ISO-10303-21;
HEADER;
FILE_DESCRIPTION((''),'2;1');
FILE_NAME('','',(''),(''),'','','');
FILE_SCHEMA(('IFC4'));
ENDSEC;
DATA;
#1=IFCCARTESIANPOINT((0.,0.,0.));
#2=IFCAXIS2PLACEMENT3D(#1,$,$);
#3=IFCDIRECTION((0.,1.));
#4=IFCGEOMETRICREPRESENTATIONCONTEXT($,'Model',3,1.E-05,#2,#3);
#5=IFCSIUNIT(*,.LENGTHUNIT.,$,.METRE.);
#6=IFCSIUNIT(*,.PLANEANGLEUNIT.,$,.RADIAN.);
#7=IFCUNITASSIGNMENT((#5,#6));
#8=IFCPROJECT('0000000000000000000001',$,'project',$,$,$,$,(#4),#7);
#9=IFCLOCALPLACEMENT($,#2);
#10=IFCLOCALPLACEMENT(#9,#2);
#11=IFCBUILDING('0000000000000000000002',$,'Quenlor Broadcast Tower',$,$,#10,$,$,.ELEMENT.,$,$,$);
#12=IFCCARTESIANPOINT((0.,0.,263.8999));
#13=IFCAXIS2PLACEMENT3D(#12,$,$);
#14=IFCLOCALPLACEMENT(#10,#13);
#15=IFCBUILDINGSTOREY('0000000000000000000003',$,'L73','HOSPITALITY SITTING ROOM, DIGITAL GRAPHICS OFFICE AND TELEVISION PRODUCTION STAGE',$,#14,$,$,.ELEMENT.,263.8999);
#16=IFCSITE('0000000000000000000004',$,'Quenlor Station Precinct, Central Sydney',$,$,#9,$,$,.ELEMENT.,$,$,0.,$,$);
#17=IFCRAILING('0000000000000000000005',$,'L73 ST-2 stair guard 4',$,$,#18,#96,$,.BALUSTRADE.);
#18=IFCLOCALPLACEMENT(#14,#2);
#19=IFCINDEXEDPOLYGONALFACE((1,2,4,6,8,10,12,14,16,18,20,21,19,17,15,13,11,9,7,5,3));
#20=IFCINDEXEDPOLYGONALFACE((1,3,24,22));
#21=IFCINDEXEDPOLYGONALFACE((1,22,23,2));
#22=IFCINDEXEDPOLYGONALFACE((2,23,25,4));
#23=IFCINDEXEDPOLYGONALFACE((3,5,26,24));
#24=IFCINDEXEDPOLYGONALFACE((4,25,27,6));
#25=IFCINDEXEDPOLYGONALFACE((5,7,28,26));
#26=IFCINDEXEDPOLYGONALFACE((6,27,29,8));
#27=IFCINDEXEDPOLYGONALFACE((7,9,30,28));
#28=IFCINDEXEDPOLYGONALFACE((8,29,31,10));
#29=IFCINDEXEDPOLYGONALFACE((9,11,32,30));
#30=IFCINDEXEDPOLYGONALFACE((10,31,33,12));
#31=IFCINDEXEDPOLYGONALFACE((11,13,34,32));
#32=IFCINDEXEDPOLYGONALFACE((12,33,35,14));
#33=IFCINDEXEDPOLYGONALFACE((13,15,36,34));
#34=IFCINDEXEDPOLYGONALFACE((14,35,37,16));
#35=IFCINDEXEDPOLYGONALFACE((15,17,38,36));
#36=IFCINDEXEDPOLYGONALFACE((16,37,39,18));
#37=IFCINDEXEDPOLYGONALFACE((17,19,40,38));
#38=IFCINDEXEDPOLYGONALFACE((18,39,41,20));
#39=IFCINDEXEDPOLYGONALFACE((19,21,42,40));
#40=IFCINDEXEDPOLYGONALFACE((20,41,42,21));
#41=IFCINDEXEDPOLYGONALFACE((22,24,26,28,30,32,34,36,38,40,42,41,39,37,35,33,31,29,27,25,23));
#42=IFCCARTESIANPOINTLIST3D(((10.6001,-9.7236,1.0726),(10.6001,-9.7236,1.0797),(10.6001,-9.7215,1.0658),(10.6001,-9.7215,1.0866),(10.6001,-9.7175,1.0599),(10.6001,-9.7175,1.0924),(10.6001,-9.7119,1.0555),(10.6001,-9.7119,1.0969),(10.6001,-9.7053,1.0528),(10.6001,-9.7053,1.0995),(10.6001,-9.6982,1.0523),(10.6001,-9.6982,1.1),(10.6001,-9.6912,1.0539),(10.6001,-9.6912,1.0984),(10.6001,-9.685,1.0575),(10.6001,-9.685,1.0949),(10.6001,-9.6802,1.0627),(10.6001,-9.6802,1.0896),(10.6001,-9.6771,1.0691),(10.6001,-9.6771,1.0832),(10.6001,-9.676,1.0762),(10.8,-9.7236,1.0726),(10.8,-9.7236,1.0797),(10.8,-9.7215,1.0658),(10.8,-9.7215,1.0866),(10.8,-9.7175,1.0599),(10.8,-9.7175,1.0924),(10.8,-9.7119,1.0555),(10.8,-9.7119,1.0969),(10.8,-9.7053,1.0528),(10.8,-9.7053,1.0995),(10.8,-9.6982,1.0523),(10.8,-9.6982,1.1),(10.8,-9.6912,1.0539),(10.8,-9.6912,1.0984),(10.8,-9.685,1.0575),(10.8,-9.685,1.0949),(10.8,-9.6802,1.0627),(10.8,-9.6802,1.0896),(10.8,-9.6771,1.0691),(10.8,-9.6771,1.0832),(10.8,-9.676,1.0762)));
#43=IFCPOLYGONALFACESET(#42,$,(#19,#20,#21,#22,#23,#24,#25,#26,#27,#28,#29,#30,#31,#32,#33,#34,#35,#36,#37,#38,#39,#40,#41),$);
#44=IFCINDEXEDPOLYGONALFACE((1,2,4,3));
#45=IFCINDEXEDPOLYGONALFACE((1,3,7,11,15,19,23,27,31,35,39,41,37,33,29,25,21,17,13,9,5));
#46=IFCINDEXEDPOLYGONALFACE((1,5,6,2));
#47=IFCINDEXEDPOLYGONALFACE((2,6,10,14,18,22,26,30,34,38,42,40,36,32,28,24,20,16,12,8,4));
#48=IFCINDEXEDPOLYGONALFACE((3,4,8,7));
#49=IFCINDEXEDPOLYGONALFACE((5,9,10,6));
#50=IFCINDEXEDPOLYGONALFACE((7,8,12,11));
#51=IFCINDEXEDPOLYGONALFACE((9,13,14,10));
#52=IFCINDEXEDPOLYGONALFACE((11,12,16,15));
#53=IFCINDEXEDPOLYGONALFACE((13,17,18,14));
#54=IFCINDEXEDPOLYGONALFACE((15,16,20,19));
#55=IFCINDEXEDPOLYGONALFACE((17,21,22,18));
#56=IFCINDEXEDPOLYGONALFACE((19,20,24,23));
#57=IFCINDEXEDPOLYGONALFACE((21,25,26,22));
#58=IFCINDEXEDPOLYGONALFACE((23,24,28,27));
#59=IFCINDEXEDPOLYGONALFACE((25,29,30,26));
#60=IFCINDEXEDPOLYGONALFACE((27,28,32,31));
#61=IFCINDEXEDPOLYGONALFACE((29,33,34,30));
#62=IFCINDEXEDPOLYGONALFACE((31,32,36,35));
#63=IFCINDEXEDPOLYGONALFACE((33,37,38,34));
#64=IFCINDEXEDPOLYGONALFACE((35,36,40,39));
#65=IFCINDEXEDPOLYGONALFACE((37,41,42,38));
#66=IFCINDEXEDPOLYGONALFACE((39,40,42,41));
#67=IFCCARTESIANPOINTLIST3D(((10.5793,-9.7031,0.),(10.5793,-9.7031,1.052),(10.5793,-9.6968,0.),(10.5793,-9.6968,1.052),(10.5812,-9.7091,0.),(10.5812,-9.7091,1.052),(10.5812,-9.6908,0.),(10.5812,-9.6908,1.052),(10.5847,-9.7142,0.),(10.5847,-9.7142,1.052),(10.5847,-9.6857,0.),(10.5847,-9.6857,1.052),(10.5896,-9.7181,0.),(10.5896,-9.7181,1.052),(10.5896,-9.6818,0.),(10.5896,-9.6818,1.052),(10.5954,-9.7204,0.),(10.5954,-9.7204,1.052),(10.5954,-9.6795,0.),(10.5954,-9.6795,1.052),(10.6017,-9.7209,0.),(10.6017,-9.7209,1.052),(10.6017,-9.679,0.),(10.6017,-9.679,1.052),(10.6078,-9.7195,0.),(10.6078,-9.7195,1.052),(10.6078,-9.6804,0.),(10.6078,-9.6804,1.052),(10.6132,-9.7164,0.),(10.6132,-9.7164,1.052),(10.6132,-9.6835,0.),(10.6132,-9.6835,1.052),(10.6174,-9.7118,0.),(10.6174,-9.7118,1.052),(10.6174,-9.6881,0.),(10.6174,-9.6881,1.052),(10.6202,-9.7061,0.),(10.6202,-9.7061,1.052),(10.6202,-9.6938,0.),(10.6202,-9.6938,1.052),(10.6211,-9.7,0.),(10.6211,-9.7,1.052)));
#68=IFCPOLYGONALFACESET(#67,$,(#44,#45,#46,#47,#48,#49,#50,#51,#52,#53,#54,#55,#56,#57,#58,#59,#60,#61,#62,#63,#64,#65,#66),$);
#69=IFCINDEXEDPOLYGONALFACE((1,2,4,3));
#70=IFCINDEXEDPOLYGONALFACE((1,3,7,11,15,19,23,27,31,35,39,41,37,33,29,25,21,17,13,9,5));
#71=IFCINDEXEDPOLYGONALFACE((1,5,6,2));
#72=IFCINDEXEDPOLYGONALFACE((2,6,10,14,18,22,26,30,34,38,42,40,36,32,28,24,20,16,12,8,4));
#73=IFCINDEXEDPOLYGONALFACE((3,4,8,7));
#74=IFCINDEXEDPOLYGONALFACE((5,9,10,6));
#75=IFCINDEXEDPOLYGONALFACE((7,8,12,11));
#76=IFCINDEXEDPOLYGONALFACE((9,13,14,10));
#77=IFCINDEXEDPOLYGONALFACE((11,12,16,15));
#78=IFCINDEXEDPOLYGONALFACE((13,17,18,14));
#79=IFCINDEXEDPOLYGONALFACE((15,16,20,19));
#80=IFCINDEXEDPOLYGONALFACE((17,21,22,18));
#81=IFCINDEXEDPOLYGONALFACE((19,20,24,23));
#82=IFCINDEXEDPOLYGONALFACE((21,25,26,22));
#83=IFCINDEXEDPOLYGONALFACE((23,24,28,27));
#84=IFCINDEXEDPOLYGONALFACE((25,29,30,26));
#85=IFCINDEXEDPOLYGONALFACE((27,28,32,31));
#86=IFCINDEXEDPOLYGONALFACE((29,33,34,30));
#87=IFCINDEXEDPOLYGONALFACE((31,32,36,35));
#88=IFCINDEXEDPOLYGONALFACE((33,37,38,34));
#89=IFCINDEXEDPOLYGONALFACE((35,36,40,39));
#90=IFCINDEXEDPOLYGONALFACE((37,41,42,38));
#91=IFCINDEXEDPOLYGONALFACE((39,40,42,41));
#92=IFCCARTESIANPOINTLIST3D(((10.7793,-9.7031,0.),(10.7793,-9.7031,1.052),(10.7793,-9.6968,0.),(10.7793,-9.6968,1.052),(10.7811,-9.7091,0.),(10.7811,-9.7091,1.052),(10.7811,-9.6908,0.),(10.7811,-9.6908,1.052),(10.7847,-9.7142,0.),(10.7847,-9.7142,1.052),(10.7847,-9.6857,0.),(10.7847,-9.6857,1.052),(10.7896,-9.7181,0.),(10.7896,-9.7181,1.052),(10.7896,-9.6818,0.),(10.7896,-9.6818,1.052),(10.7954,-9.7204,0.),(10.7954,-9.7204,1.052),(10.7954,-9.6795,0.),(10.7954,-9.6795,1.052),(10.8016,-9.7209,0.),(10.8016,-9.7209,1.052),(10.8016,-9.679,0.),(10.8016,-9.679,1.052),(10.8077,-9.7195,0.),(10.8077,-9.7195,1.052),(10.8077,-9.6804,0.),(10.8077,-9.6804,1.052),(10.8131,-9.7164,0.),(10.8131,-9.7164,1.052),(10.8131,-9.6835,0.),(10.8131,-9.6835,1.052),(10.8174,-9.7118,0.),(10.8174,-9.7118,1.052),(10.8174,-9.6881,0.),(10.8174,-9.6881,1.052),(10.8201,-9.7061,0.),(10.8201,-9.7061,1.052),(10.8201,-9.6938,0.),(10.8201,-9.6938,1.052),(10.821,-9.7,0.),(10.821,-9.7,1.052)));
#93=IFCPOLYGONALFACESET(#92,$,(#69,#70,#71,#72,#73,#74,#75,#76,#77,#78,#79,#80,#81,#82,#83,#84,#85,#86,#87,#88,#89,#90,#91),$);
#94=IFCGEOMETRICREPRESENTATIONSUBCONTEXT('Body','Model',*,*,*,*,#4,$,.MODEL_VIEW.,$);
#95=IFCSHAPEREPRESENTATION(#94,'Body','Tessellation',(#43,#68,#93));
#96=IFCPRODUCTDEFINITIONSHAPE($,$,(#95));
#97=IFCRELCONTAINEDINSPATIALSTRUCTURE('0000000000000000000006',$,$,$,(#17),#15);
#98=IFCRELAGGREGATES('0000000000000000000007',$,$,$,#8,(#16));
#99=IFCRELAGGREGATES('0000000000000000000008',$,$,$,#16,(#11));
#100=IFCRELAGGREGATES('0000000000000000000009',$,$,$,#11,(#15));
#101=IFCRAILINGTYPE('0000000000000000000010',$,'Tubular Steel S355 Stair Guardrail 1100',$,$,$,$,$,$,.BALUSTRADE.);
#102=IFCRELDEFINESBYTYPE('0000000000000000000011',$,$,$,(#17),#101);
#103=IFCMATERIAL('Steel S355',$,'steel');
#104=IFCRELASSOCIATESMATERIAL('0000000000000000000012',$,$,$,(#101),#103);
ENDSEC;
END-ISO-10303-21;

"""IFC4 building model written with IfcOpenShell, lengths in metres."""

from ifc_helpers import new_model, si_unit, direction, frame, origin, origin_2d, place, context, subcontext, project, spatial, circle, extrude, material, type_object, element, save


model = new_model("IFC4")

# Units and contexts
model_context = context("Model", 3, precision=1e-05, world=origin(), true_north=direction((0.0, 1.0)))
body_context = subcontext(model_context, "Body", "Model", "MODEL_VIEW")
ifc_project = project(units=[si_unit("LENGTHUNIT", "METRE"), si_unit("PLANEANGLEUNIT", "RADIAN")], contexts=[model_context])

# Site, building, storey
site_placement = place(None, origin())
site = spatial("IfcSite", under=ifc_project, at=site_placement, Name="Quenlor Station Precinct, Central Sydney", CompositionType="ELEMENT", RefElevation=0.0)
building_placement = place(site_placement, origin())
building = spatial("IfcBuilding", under=site, at=building_placement, Name="Quenlor Broadcast Tower", CompositionType="ELEMENT")
storey_placement = place(building_placement, frame((0.0, 0.0, 263.8999)))
storey = spatial("IfcBuildingStorey", under=building, at=storey_placement, Name="L73", Description="HOSPITALITY SITTING ROOM, DIGITAL GRAPHICS OFFICE AND TELEVISION PRODUCTION STAGE", CompositionType="ELEMENT", Elevation=263.8999)

# Railing
ifc_material_1 = material(Name="Steel S355", Category="steel")
railing_type = type_object("IfcRailingType", Name="Tubular Steel S355 Stair Guardrail 1100", PredefinedType="BALUSTRADE", material=ifc_material_1)
railing_1_placement = place(storey_placement, frame((10.6001, -9.7, 0.0)))
element("IfcRailing", 1, at=railing_1_placement, inside=storey, type_object=railing_type, Name="L73 ST-2 stair guard 4", PredefinedType="BALUSTRADE", context=body_context, shape_type="SweptSolid", body=[
    extrude(circle(Radius=0.0239, at=origin_2d()), frame((0.0, 0.0, 1.0762), z_axis=(1.0, 0.0, 0.0), x_axis=(0.0, 1.0, 0.0)), (0.0, 0.0, 1.0), 0.2),
    extrude(circle(Radius=0.021, at=origin_2d()), origin(), (0.0, 0.0, 1.0), 1.052),
    extrude(circle(Radius=0.021, at=origin_2d()), frame((0.2, 0.0, 0.0)), (0.0, 0.0, 1.0), 1.052),
])

save(model, "model.ifc")
